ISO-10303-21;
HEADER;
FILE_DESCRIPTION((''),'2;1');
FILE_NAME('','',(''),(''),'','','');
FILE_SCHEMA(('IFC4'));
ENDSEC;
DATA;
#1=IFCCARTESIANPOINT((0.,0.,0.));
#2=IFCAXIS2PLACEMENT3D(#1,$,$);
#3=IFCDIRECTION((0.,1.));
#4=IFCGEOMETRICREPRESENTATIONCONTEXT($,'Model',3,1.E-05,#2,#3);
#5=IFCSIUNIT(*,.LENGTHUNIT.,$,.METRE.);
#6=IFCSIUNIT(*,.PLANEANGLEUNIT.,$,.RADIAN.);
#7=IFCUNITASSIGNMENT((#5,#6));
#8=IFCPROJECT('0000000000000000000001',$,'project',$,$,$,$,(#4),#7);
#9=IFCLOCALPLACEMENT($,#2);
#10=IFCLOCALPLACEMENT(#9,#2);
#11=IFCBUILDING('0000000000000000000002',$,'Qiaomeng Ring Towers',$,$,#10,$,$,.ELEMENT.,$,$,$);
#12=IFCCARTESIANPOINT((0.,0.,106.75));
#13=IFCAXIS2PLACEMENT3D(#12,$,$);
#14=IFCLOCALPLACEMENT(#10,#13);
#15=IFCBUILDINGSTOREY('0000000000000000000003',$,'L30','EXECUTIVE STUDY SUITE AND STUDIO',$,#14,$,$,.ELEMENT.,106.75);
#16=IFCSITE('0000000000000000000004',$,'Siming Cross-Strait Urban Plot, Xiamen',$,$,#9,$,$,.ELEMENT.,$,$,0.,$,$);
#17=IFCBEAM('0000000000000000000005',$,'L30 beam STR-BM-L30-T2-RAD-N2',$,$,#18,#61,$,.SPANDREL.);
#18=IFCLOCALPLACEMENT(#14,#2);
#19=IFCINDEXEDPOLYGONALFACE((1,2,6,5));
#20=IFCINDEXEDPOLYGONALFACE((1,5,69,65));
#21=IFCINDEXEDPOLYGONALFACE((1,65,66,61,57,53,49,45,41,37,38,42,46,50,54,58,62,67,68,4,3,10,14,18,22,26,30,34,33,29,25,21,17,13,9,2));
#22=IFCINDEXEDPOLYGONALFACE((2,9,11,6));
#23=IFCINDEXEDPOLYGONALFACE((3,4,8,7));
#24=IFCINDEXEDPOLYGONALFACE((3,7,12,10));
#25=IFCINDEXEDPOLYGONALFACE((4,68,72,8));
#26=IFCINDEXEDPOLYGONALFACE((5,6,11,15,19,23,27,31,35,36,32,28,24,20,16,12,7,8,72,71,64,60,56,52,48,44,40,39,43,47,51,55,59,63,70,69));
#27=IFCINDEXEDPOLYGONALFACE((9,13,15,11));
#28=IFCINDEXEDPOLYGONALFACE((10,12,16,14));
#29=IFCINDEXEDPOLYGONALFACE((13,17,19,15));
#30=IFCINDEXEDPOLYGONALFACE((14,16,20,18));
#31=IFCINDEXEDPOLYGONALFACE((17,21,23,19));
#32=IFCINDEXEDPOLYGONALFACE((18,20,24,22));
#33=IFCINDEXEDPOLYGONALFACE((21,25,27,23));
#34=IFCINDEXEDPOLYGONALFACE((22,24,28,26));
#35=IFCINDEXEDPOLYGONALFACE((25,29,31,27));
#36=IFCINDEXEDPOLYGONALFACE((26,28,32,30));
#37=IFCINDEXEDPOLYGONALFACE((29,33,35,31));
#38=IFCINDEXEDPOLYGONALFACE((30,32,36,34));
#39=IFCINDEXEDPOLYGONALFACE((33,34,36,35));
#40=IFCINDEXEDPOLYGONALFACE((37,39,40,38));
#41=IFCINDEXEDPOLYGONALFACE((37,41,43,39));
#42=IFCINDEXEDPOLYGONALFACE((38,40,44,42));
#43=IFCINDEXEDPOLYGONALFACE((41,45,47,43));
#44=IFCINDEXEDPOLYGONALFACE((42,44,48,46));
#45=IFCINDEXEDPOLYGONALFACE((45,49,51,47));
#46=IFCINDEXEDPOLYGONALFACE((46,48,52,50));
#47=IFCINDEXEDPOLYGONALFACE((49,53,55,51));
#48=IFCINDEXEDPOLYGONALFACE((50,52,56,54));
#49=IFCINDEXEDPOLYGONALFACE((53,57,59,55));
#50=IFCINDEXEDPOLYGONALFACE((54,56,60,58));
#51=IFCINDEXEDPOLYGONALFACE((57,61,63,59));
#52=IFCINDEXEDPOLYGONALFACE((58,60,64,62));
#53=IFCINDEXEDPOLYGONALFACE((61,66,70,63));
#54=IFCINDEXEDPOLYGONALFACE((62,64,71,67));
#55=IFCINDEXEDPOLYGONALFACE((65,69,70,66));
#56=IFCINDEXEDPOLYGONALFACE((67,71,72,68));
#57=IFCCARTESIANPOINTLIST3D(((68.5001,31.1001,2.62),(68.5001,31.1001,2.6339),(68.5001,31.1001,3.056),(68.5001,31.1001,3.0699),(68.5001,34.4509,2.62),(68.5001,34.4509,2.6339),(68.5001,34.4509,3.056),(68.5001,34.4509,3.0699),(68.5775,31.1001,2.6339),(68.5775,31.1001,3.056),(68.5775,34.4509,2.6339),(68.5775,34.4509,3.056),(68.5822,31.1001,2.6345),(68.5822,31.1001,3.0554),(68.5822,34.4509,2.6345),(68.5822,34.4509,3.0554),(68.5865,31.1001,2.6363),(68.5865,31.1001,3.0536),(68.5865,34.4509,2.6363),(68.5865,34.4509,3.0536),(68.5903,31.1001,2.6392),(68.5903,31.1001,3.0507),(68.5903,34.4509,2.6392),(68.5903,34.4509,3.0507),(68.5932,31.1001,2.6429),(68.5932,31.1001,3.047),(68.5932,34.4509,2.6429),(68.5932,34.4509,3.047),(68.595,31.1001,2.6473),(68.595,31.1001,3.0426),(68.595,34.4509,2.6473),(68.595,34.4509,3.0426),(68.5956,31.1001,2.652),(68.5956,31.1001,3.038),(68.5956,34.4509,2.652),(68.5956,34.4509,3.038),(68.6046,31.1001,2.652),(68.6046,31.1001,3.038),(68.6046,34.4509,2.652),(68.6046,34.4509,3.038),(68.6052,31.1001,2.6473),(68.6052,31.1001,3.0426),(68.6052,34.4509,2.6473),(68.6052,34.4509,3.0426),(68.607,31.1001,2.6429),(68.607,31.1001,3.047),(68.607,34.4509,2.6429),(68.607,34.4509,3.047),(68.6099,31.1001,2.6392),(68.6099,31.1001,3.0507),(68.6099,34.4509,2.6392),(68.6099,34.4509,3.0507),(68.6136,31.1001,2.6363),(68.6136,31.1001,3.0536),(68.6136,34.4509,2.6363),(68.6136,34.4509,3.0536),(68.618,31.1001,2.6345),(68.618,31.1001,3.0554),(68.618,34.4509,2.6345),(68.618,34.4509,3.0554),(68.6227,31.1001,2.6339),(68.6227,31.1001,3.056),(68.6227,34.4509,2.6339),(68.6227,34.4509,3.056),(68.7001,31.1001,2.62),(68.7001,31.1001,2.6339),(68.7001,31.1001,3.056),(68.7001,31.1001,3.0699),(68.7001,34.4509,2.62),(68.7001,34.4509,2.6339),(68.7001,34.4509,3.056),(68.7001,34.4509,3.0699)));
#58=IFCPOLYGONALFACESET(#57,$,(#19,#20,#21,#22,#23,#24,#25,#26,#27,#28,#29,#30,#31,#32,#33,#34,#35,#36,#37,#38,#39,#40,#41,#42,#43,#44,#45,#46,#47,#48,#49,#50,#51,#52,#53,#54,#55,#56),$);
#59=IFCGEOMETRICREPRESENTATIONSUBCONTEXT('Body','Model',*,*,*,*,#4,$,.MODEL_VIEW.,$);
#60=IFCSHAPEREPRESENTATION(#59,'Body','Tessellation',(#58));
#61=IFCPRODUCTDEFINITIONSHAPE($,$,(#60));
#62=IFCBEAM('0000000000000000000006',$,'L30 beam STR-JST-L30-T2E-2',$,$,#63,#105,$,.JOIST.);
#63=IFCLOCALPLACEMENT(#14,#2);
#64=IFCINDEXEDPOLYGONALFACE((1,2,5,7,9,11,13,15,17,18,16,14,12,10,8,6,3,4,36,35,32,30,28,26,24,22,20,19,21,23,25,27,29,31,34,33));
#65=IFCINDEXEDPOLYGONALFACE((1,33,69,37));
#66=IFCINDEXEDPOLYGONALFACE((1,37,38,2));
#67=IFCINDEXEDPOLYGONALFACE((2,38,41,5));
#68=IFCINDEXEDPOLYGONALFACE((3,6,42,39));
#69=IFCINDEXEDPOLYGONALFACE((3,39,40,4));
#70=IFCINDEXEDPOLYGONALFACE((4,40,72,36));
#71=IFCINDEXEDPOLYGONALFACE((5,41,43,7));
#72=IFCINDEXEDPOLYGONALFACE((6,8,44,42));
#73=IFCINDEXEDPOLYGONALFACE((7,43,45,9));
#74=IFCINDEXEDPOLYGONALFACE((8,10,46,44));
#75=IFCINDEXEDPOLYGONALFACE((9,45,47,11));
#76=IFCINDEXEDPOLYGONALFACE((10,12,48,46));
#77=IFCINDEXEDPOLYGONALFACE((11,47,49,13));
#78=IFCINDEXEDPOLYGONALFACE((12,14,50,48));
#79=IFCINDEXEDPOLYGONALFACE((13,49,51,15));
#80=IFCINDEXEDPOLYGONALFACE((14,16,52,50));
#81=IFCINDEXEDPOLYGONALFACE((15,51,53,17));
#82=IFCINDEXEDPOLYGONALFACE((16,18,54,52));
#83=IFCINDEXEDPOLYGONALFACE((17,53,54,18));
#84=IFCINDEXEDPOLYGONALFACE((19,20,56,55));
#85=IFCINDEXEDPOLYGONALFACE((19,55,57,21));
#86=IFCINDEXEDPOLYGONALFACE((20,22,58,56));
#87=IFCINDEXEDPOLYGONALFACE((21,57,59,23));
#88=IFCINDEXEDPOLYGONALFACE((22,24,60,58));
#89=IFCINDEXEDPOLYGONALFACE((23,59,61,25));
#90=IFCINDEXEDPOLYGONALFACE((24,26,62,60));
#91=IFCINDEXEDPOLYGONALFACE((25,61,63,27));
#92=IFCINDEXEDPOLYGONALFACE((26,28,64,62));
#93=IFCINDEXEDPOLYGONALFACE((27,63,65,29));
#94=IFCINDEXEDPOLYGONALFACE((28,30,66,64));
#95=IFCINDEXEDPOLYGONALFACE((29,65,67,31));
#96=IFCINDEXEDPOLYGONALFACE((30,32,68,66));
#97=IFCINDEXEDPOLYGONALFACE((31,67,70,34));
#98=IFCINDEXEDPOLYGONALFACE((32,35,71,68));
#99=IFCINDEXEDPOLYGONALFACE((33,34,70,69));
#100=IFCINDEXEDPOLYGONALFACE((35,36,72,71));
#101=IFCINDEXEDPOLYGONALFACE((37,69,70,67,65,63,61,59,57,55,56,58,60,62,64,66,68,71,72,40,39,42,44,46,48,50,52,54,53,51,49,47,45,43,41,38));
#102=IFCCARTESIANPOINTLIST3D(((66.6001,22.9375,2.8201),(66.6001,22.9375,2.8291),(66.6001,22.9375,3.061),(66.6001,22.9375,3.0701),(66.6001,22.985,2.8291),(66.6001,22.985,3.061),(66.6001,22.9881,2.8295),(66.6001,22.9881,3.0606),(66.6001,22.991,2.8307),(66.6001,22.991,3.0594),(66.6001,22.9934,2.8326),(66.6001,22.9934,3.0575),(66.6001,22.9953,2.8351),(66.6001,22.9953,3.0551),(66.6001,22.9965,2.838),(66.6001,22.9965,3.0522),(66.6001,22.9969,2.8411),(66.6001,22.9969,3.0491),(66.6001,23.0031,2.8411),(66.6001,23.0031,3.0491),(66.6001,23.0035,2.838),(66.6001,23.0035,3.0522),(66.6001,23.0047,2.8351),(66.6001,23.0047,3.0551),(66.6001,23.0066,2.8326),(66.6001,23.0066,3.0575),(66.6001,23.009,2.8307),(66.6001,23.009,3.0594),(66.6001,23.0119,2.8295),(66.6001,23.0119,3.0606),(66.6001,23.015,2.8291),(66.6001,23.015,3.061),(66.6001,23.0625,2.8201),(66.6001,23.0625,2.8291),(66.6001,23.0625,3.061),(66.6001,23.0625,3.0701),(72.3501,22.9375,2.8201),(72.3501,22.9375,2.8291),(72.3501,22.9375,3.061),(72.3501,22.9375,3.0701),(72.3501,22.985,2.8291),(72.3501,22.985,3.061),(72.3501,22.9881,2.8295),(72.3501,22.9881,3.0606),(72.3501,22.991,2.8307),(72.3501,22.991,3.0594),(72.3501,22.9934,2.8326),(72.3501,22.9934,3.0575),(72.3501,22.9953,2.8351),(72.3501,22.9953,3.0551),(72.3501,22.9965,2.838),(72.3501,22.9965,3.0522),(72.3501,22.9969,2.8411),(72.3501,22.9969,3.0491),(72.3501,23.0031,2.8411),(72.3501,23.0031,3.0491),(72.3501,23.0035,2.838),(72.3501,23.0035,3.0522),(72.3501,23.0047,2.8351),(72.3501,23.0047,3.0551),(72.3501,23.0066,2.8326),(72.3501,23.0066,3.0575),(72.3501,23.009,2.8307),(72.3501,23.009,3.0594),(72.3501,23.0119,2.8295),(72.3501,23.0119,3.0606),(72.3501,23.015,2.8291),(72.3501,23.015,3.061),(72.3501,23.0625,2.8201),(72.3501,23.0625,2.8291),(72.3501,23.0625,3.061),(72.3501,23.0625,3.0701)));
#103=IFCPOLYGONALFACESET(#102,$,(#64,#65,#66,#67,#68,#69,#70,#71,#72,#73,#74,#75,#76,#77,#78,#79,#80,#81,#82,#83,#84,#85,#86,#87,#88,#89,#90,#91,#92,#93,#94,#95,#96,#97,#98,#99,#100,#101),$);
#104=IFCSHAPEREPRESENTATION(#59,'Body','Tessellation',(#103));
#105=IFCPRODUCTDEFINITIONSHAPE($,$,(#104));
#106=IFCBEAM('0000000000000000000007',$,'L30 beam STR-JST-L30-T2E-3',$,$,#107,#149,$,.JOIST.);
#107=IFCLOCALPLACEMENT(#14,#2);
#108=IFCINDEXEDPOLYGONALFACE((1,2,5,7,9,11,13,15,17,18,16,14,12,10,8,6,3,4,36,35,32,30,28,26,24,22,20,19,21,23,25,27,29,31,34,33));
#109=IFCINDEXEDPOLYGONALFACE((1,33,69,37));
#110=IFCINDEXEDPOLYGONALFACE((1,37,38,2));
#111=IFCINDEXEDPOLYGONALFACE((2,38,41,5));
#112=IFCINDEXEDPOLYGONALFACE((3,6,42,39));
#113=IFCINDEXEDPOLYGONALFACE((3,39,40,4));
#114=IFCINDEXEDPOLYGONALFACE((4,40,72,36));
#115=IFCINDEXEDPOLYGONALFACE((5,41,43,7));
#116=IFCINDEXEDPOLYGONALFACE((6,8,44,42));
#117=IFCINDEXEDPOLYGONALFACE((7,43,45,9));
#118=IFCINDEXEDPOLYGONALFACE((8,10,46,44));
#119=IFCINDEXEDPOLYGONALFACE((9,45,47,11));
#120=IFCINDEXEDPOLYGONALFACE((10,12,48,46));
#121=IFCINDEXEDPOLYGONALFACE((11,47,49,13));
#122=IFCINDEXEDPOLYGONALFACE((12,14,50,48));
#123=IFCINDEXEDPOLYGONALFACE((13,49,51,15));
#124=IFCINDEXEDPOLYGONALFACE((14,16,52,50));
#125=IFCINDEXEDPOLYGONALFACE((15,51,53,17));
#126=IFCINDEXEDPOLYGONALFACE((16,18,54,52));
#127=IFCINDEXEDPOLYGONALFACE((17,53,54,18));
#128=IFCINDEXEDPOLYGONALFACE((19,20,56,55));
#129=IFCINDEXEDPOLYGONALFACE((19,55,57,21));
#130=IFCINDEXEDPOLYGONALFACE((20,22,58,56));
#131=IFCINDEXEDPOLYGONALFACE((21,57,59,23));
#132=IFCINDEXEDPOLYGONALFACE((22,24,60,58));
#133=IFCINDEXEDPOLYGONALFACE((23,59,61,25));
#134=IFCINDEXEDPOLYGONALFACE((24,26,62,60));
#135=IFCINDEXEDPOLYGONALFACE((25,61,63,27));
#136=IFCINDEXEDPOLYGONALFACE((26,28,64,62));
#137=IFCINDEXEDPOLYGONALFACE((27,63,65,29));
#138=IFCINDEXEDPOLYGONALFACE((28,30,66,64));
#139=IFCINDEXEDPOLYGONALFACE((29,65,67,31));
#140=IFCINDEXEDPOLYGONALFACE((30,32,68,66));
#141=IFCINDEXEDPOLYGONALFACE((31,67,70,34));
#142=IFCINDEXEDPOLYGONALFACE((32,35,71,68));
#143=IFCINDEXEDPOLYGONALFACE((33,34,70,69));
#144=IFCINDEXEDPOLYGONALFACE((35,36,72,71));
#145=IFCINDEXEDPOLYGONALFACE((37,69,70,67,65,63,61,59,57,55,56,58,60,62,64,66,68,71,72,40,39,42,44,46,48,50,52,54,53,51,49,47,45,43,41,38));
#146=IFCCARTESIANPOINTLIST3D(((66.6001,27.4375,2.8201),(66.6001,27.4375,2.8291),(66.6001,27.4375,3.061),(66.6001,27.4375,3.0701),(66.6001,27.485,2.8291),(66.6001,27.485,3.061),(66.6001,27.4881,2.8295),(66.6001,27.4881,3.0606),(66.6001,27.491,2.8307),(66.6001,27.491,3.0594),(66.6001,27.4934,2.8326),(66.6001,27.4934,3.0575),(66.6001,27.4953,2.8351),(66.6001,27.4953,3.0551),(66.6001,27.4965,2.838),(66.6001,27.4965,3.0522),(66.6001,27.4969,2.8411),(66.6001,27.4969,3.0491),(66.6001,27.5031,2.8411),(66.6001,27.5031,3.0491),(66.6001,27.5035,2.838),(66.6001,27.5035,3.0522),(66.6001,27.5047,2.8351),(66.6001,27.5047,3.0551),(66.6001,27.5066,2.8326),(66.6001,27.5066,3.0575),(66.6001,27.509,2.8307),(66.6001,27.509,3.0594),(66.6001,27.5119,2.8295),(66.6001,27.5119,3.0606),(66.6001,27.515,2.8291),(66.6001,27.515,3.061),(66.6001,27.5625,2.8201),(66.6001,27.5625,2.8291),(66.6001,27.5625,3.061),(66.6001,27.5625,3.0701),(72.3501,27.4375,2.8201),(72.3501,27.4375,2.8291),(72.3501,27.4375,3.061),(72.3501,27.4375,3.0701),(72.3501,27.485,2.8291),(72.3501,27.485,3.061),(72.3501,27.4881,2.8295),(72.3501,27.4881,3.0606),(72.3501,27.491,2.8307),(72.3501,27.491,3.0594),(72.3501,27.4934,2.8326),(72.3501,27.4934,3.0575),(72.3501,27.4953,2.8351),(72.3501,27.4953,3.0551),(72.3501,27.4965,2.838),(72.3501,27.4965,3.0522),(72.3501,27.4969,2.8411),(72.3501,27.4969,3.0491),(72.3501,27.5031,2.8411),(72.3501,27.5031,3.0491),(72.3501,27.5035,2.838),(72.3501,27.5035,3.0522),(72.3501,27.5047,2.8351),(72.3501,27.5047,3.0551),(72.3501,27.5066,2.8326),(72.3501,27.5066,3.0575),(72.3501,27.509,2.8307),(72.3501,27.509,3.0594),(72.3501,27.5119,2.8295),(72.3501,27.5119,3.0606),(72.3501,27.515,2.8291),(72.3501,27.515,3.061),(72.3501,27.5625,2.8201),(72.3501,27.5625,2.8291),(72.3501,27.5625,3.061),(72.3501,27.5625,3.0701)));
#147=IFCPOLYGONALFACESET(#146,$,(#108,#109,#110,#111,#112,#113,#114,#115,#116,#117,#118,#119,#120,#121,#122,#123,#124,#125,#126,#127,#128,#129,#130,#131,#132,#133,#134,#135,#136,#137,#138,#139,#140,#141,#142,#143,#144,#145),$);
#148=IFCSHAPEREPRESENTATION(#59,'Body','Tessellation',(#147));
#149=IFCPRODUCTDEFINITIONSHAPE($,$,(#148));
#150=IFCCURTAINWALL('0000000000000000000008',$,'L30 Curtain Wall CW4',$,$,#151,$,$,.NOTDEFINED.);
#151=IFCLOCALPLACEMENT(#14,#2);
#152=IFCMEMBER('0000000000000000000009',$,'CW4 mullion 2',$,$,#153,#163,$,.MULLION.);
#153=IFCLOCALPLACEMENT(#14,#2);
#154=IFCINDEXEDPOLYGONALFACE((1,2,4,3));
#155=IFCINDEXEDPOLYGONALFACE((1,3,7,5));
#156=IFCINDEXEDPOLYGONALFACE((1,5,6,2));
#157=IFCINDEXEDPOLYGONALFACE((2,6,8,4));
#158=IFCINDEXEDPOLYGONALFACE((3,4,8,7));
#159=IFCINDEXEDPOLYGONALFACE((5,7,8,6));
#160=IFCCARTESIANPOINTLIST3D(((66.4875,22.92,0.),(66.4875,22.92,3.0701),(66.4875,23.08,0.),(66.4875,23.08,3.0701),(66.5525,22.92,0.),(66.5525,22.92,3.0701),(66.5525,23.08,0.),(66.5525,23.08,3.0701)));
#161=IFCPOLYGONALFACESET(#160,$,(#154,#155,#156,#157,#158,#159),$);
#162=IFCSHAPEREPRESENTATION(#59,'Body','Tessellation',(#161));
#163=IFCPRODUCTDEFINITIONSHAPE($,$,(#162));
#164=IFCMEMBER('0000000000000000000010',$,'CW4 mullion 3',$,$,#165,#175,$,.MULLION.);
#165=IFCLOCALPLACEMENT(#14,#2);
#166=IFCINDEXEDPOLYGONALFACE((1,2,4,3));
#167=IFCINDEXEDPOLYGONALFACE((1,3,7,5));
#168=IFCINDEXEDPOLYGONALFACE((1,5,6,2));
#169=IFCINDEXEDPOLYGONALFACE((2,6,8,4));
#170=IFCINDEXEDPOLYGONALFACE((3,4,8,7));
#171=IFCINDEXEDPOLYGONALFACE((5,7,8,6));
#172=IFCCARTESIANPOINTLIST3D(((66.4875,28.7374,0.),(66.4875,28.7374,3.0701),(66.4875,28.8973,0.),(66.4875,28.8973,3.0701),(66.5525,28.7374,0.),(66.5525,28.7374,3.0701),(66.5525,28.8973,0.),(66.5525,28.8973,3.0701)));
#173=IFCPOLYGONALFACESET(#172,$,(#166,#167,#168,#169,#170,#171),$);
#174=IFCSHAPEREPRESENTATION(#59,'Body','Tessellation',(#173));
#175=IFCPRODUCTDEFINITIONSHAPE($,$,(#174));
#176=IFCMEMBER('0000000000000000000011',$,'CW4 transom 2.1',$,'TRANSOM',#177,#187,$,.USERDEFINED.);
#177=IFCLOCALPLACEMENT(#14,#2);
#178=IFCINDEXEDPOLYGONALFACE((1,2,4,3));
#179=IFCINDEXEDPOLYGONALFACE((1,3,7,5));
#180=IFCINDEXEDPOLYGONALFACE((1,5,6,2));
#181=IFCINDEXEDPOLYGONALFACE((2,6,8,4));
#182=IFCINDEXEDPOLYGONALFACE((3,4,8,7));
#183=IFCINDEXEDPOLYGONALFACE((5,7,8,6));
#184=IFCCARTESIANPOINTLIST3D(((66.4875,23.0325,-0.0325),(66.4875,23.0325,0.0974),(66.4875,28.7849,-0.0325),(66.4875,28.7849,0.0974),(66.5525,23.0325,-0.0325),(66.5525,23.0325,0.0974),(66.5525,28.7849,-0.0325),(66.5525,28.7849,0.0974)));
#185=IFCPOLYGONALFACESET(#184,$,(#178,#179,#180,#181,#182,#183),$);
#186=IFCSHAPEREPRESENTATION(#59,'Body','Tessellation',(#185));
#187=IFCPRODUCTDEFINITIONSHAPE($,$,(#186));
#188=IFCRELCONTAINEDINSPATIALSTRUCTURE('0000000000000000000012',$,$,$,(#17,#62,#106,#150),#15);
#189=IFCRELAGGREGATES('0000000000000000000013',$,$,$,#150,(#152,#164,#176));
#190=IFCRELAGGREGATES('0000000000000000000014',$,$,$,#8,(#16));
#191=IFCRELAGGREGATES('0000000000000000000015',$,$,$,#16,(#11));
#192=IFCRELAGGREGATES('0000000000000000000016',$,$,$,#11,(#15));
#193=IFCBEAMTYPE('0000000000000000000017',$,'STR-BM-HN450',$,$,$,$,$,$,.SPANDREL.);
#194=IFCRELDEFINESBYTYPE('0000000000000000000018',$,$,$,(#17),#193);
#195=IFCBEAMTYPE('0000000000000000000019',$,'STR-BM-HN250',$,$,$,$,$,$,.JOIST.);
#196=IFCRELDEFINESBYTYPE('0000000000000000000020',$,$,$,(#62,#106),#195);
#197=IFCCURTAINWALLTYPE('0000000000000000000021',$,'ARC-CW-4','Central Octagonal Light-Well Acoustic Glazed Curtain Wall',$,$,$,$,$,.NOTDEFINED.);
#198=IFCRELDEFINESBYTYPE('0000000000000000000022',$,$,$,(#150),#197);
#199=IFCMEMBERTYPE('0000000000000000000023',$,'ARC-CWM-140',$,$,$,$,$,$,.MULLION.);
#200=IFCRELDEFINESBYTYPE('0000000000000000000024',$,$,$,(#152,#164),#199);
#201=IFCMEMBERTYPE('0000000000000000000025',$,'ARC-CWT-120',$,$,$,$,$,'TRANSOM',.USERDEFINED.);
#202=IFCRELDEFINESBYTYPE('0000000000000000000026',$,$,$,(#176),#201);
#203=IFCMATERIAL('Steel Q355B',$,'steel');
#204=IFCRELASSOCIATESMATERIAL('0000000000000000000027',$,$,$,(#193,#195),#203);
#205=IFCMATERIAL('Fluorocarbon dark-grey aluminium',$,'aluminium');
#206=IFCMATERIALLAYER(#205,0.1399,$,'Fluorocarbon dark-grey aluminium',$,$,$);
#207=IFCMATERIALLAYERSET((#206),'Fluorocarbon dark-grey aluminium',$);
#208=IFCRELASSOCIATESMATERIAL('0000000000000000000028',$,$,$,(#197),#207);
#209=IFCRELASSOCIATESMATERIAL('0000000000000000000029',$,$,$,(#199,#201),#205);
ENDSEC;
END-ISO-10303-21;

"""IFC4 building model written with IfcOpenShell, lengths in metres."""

from ifc_helpers import new_model, si_unit, direction, frame, origin, origin_2d, place, context, subcontext, project, spatial, rectangle, i_section, extrude, source, transform, mapped, material, layer, layer_set, material_profile, profile_set, type_object, element, aggregate, save


model = new_model("IFC4")

# Units and contexts
model_context = context("Model", 3, precision=1e-05, world=origin(), true_north=direction((0.0, 1.0)))
body_context = subcontext(model_context, "Body", "Model", "MODEL_VIEW")
ifc_project = project(units=[si_unit("LENGTHUNIT", "METRE"), si_unit("PLANEANGLEUNIT", "RADIAN")], contexts=[model_context])

# Site, building, storey
site_placement = place(None, origin())
site = spatial("IfcSite", under=ifc_project, at=site_placement, Name="Siming Cross-Strait Urban Plot, Xiamen", CompositionType="ELEMENT", RefElevation=0.0)
building_placement = place(site_placement, origin())
building = spatial("IfcBuilding", under=site, at=building_placement, Name="Qiaomeng Ring Towers", CompositionType="ELEMENT")
storey_placement = place(building_placement, frame((0.0, 0.0, 106.75)))
storey = spatial("IfcBuildingStorey", under=building, at=storey_placement, Name="L30", Description="EXECUTIVE STUDY SUITE AND STUDIO", CompositionType="ELEMENT", Elevation=106.75)

# Beams
ifc_material_1 = material(Name="Steel Q355B", Category="steel")
ifc_material_profile_1 = material_profile(ifc_material_1, i_section(OverallWidth=0.2, OverallDepth=0.45, WebThickness=0.009, FlangeThickness=0.0139, FilletRadius=0.0181, at=origin_2d()), Name="HN 450x200x9x14")
ifc_profile_set_1 = profile_set([ifc_material_profile_1], Name="Steel Q355B")
beam_type_1 = type_object("IfcBeamType", Name="STR-BM-HN450", PredefinedType="SPANDREL", material=ifc_profile_set_1)
shared_shape_1 = source(origin(), body_context, "Body", "SweptSolid", [
    extrude(i_section(OverallWidth=0.2, OverallDepth=0.45, WebThickness=0.009, FlangeThickness=0.0139, FilletRadius=0.0181, at=origin_2d()), origin(), (0.0, 0.0, 1.0), 3.3508),
])
beam_1_placement = place(storey_placement, frame((68.6001, 34.4509, 2.845), z_axis=(0.0, -1.0, 0.0), x_axis=(1.0, 0.0, 0.0)))
element("IfcBeam", 1, at=beam_1_placement, inside=storey, type_object=beam_type_1, Name="L30 beam STR-BM-L30-T2-RAD-N2", PredefinedType="SPANDREL", context=body_context, shape_type="MappedRepresentation", body=[
    mapped(shared_shape_1, transform((0.0, 0.0, 0.0), x_axis=(1.0, 0.0, 0.0), y_axis=(0.0, 1.0, 0.0), z_axis=(0.0, 0.0, 1.0), scale=1.0)),
])
ifc_material_profile_2 = material_profile(ifc_material_1, i_section(OverallWidth=0.125, OverallDepth=0.25, WebThickness=0.0061, FlangeThickness=0.009, FilletRadius=0.012, at=origin_2d()), Name="HN 250x125x6x9")
ifc_profile_set_2 = profile_set([ifc_material_profile_2], Name="Steel Q355B")
beam_type_2 = type_object("IfcBeamType", Name="STR-BM-HN250", PredefinedType="JOIST", material=ifc_profile_set_2)
shared_shape_2 = source(origin(), body_context, "Body", "SweptSolid", [
    extrude(i_section(OverallWidth=0.125, OverallDepth=0.25, WebThickness=0.0061, FlangeThickness=0.009, FilletRadius=0.012, at=origin_2d()), origin(), (0.0, 0.0, 1.0), 5.75),
])
for number, where, z_axis, x_axis, name in (
    (2, (66.6001, 23.0, 2.9451), (1.0, 0.0, 0.0), (0.0, 1.0, 0.0), "L30 beam STR-JST-L30-T2E-2"),
    (3, (66.6001, 27.5, 2.9451), (1.0, 0.0, 0.0), (0.0, 1.0, 0.0), "L30 beam STR-JST-L30-T2E-3"),
):
    element("IfcBeam", number, at=place(storey_placement, frame(where, z_axis=z_axis, x_axis=x_axis)), inside=storey, type_object=beam_type_2, Name=name, PredefinedType="JOIST", context=body_context, shape_type="MappedRepresentation", body=[
        mapped(shared_shape_2, transform((0.0, 0.0, 0.0), x_axis=(1.0, 0.0, 0.0), y_axis=(0.0, 1.0, 0.0), z_axis=(0.0, 0.0, 1.0), scale=1.0)),
    ])

# Curtain wall, members
ifc_material_2 = material(Name="Fluorocarbon dark-grey aluminium", Category="aluminium")
ifc_layer_1 = layer(ifc_material_2, 0.1399, Name="Fluorocarbon dark-grey aluminium")
ifc_layer_set_1 = layer_set([ifc_layer_1], Name="Fluorocarbon dark-grey aluminium")
curtain_wall_type_1 = type_object("IfcCurtainWallType", Name="ARC-CW-4", Description="Central Octagonal Light-Well Acoustic Glazed Curtain Wall", PredefinedType="NOTDEFINED", material=ifc_layer_set_1)
curtain_wall_1_placement = place(storey_placement, origin())
curtain_wall_1 = element("IfcCurtainWall", 4, at=curtain_wall_1_placement, inside=storey, type_object=curtain_wall_type_1, Name="L30 Curtain Wall CW4", PredefinedType="NOTDEFINED")
ifc_material_profile_3 = material_profile(ifc_material_2, rectangle(XDim=0.0649, YDim=0.1599, at=origin_2d()), Name="ALU MULL 65x160")
ifc_profile_set_3 = profile_set([ifc_material_profile_3], Name="Fluorocarbon dark-grey aluminium")
member_type_1 = type_object("IfcMemberType", Name="ARC-CWM-140", PredefinedType="MULLION", material=ifc_profile_set_3)
shared_shape_3 = source(origin(), body_context, "Body", "SweptSolid", [
    extrude(rectangle(XDim=0.0649, YDim=0.1599, at=origin_2d()), origin(), (0.0, 0.0, 1.0), 3.0701),
])
member_1_placement = place(storey_placement, frame((66.52, 23.0, 0.0), z_axis=(0.0, 0.0, 1.0), x_axis=(-1.0, 0.0, 0.0)))
member_1 = element("IfcMember", 5, at=member_1_placement, type_object=member_type_1, Name="CW4 mullion 2", PredefinedType="MULLION", context=body_context, shape_type="MappedRepresentation", body=[
    mapped(shared_shape_3, transform((0.0, 0.0, 0.0), x_axis=(1.0, 0.0, 0.0), y_axis=(0.0, 1.0, 0.0), z_axis=(0.0, 0.0, 1.0), scale=1.0)),
])
member_2_placement = place(storey_placement, frame((66.52, 28.8174, 0.0), z_axis=(0.0, 0.0, 1.0), x_axis=(-1.0, 0.0, 0.0)))
member_2 = element("IfcMember", 6, at=member_2_placement, type_object=member_type_1, Name="CW4 mullion 3", PredefinedType="MULLION", context=body_context, shape_type="MappedRepresentation", body=[
    mapped(shared_shape_3, transform((0.0, 0.0, 0.0), x_axis=(1.0, 0.0, 0.0), y_axis=(0.0, 1.0, 0.0), z_axis=(0.0, 0.0, 1.0), scale=1.0)),
])
ifc_material_profile_4 = material_profile(ifc_material_2, rectangle(XDim=0.0649, YDim=0.1299, at=origin_2d()), Name="ALU TRAN 65x130")
ifc_profile_set_4 = profile_set([ifc_material_profile_4], Name="Fluorocarbon dark-grey aluminium")
member_type_2 = type_object("IfcMemberType", Name="ARC-CWT-120", ElementType="TRANSOM", PredefinedType="USERDEFINED", material=ifc_profile_set_4)
shared_shape_4 = source(origin(), body_context, "Body", "SweptSolid", [
    extrude(rectangle(XDim=0.0649, YDim=0.1299, at=origin_2d()), origin(), (0.0, 0.0, 1.0), 5.7524),
])
member_3_placement = place(storey_placement, frame((66.52, 23.0325, 0.0325), z_axis=(0.0, 1.0, 0.0), x_axis=(-1.0, 0.0, 0.0)))
member_3 = element("IfcMember", 7, at=member_3_placement, type_object=member_type_2, Name="CW4 transom 2.1", ObjectType="TRANSOM", PredefinedType="USERDEFINED", context=body_context, shape_type="MappedRepresentation", body=[
    mapped(shared_shape_4, transform((0.0, 0.0, 0.0), x_axis=(1.0, 0.0, 0.0), y_axis=(0.0, 1.0, 0.0), z_axis=(0.0, 0.0, 1.0), scale=1.0)),
])

aggregate(curtain_wall_1, [member_1, member_2, member_3])

save(model, "model.ifc")
